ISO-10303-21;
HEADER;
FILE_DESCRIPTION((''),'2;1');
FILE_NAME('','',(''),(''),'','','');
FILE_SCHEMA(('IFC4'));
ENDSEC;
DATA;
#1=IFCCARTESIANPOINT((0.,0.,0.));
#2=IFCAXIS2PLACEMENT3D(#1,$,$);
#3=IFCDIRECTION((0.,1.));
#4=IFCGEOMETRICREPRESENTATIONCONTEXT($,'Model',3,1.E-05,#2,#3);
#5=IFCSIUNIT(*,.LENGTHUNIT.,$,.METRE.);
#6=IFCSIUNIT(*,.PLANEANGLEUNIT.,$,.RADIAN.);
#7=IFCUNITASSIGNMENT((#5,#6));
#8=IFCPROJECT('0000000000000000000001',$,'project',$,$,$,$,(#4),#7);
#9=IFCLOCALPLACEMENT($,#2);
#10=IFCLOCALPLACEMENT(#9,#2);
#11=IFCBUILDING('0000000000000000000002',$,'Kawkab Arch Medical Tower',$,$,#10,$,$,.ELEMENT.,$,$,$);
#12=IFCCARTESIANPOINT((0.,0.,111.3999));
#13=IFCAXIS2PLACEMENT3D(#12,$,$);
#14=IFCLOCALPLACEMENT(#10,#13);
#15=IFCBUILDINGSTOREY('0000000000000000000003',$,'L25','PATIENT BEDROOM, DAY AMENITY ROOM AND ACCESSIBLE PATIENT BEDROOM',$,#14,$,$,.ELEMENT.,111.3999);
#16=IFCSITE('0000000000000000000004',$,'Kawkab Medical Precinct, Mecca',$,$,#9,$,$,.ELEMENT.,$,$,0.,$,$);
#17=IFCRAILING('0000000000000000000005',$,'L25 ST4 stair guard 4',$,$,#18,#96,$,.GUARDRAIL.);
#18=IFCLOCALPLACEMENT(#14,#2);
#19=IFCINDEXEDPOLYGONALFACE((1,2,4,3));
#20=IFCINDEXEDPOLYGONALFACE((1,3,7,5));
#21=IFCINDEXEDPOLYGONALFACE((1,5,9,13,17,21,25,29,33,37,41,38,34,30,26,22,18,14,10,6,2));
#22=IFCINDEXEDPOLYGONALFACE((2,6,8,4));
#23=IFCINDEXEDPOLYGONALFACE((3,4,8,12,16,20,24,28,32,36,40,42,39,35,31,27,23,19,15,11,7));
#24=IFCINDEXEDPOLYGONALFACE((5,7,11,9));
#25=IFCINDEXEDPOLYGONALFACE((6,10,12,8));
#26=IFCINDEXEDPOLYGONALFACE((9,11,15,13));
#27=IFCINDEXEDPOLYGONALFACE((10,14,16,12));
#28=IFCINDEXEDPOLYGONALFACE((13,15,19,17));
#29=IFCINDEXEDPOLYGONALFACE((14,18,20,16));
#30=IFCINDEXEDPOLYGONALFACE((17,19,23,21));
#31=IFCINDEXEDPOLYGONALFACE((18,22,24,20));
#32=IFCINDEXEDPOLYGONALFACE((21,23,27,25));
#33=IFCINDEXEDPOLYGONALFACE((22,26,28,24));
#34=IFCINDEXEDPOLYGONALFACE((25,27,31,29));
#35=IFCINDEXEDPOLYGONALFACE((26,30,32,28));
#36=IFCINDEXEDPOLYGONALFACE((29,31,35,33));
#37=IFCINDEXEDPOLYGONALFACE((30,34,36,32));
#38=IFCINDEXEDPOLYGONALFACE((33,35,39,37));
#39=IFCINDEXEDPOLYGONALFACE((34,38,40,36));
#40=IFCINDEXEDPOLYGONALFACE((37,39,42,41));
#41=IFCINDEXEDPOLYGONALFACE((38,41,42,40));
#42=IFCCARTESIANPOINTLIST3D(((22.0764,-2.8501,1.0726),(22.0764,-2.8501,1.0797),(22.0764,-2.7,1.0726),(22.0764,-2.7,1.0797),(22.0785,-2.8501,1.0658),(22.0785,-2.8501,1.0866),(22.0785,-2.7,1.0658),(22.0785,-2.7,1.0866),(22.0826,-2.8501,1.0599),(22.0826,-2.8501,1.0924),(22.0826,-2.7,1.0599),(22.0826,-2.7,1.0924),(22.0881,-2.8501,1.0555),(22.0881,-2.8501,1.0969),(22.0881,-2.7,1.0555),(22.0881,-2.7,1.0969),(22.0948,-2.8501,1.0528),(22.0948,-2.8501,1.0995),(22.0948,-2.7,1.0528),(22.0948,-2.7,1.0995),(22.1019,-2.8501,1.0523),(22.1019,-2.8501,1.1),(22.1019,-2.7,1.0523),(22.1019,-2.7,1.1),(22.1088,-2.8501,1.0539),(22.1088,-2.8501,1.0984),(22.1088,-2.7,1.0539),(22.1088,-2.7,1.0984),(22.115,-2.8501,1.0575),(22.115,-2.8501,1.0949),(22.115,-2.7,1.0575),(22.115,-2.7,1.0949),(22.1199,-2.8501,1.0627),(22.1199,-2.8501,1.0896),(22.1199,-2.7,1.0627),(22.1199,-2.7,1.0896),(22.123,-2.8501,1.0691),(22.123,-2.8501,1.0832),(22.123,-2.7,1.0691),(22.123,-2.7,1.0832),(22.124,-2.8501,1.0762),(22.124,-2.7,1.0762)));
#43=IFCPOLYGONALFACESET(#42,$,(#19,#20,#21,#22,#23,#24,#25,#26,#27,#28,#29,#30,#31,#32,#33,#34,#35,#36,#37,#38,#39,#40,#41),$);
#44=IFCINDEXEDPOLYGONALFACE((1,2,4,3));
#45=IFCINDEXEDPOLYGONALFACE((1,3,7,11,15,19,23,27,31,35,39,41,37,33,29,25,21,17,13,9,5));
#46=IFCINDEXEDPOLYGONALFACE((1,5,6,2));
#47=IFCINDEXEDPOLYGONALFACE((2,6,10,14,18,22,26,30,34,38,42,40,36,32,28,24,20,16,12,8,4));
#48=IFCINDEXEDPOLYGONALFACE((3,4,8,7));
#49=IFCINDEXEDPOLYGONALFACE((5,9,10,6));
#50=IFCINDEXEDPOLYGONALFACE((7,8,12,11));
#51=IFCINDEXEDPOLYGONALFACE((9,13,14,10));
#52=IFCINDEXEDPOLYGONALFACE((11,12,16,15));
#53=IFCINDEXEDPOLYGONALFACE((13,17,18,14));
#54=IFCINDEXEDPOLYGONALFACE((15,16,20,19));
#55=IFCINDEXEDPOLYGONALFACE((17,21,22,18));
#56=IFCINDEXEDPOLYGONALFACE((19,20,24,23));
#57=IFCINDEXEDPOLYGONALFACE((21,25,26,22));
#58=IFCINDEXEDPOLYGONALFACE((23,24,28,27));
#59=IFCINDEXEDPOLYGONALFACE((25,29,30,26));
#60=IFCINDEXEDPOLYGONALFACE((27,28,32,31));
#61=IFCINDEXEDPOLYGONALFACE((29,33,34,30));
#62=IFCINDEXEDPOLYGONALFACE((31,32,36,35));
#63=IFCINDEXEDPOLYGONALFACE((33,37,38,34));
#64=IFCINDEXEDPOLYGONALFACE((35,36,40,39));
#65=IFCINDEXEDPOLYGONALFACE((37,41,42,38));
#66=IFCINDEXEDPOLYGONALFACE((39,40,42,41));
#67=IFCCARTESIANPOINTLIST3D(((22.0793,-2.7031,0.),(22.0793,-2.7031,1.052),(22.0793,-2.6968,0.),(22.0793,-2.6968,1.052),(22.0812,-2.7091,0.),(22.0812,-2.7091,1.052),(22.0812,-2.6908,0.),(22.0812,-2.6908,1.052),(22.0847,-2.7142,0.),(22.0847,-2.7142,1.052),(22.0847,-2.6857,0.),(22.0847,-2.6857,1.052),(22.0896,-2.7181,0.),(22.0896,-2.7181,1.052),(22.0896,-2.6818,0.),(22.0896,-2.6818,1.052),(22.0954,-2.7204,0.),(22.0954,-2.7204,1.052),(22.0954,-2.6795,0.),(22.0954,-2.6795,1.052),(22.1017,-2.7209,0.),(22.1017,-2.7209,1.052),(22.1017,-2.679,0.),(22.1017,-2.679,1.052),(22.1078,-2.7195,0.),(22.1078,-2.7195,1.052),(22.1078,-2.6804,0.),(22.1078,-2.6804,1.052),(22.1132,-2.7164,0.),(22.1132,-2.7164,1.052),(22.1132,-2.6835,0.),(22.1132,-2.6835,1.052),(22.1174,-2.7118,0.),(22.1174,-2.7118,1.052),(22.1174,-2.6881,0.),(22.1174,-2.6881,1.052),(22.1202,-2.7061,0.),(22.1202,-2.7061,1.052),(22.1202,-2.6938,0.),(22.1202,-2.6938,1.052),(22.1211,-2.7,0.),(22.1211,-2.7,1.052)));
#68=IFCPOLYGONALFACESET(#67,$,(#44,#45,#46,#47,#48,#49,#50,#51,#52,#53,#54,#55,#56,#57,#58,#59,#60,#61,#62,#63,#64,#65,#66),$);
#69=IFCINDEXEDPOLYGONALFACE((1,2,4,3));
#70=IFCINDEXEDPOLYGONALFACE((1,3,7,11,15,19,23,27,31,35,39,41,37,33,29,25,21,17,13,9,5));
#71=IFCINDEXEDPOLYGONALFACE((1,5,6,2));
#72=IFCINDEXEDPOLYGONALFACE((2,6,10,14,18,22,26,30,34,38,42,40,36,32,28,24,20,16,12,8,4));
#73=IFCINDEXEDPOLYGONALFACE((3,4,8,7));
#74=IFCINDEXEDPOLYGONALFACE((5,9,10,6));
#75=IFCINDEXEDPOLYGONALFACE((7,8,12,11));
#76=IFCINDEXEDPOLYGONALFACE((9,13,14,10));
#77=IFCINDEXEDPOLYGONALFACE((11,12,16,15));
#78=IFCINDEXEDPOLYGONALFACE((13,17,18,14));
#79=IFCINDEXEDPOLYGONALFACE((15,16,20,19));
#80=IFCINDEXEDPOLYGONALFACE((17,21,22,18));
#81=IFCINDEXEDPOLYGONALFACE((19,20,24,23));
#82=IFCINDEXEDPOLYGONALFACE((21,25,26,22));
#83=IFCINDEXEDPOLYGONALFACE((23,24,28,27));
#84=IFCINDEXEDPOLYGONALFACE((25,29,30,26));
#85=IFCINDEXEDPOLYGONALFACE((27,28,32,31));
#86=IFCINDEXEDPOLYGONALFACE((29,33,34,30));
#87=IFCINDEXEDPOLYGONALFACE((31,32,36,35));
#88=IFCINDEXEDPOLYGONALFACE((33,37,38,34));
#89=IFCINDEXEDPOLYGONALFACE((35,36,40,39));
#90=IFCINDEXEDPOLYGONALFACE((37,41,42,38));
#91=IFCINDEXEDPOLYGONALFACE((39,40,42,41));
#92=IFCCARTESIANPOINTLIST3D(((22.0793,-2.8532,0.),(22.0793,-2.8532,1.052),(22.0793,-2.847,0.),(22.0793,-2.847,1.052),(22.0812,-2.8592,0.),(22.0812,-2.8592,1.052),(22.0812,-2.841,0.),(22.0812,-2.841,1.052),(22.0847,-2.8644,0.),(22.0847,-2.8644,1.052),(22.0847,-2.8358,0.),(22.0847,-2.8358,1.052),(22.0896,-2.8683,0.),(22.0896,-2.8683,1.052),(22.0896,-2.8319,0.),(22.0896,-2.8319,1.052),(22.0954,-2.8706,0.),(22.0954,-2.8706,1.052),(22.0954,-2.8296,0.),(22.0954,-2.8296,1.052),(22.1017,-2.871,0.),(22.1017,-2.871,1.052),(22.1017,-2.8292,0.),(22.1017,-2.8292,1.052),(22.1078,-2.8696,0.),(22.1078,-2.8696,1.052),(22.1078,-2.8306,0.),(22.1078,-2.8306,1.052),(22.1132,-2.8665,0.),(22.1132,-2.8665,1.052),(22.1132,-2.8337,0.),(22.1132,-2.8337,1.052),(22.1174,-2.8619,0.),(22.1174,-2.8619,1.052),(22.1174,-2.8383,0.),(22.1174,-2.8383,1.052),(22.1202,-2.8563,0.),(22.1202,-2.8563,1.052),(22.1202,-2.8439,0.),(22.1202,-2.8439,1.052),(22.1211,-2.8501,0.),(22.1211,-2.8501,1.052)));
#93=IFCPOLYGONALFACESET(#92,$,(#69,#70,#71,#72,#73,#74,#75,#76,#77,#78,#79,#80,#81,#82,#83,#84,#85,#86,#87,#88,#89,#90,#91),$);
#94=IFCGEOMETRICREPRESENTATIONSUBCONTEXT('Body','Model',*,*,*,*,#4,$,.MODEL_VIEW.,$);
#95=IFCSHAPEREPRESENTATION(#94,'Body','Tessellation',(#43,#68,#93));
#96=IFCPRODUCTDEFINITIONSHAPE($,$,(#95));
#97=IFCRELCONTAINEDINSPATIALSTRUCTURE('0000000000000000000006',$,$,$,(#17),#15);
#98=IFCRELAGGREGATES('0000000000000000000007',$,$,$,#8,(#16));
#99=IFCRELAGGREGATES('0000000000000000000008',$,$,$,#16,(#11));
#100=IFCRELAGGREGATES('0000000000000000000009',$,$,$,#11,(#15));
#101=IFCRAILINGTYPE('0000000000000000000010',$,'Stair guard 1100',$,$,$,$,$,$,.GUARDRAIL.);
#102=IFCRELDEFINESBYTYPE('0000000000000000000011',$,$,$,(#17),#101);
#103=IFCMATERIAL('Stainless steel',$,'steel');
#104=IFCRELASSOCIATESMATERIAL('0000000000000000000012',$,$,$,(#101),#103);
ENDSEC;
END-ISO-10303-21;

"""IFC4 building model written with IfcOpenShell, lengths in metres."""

from ifc_helpers import new_model, si_unit, direction, frame, origin, origin_2d, place, context, subcontext, project, spatial, circle, extrude, material, type_object, element, save


model = new_model("IFC4")

# Units and contexts
model_context = context("Model", 3, precision=1e-05, world=origin(), true_north=direction((0.0, 1.0)))
body_context = subcontext(model_context, "Body", "Model", "MODEL_VIEW")
ifc_project = project(units=[si_unit("LENGTHUNIT", "METRE"), si_unit("PLANEANGLEUNIT", "RADIAN")], contexts=[model_context])

# Site, building, storey
site_placement = place(None, origin())
site = spatial("IfcSite", under=ifc_project, at=site_placement, Name="Kawkab Medical Precinct, Mecca", CompositionType="ELEMENT", RefElevation=0.0)
building_placement = place(site_placement, origin())
building = spatial("IfcBuilding", under=site, at=building_placement, Name="Kawkab Arch Medical Tower", CompositionType="ELEMENT")
storey_placement = place(building_placement, frame((0.0, 0.0, 111.3999)))
storey = spatial("IfcBuildingStorey", under=building, at=storey_placement, Name="L25", Description="PATIENT BEDROOM, DAY AMENITY ROOM AND ACCESSIBLE PATIENT BEDROOM", CompositionType="ELEMENT", Elevation=111.3999)

# Railing
ifc_material_1 = material(Name="Stainless steel", Category="steel")
railing_type = type_object("IfcRailingType", Name="Stair guard 1100", PredefinedType="GUARDRAIL", material=ifc_material_1)
railing_1_placement = place(storey_placement, frame((22.1001, -2.7, 0.0)))
element("IfcRailing", 1, at=railing_1_placement, inside=storey, type_object=railing_type, Name="L25 ST4 stair guard 4", PredefinedType="GUARDRAIL", context=body_context, shape_type="SweptSolid", body=[
    extrude(circle(Radius=0.0239, at=origin_2d()), frame((0.0, 0.0, 1.0762), z_axis=(0.0, -1.0, 0.0), x_axis=(1.0, 0.0, 0.0)), (0.0, 0.0, 1.0), 0.1501),
    extrude(circle(Radius=0.021, at=origin_2d()), origin(), (0.0, 0.0, 1.0), 1.052),
    extrude(circle(Radius=0.021, at=origin_2d()), frame((0.0, -0.1501, 0.0)), (0.0, 0.0, 1.0), 1.052),
])

save(model, "model.ifc")
